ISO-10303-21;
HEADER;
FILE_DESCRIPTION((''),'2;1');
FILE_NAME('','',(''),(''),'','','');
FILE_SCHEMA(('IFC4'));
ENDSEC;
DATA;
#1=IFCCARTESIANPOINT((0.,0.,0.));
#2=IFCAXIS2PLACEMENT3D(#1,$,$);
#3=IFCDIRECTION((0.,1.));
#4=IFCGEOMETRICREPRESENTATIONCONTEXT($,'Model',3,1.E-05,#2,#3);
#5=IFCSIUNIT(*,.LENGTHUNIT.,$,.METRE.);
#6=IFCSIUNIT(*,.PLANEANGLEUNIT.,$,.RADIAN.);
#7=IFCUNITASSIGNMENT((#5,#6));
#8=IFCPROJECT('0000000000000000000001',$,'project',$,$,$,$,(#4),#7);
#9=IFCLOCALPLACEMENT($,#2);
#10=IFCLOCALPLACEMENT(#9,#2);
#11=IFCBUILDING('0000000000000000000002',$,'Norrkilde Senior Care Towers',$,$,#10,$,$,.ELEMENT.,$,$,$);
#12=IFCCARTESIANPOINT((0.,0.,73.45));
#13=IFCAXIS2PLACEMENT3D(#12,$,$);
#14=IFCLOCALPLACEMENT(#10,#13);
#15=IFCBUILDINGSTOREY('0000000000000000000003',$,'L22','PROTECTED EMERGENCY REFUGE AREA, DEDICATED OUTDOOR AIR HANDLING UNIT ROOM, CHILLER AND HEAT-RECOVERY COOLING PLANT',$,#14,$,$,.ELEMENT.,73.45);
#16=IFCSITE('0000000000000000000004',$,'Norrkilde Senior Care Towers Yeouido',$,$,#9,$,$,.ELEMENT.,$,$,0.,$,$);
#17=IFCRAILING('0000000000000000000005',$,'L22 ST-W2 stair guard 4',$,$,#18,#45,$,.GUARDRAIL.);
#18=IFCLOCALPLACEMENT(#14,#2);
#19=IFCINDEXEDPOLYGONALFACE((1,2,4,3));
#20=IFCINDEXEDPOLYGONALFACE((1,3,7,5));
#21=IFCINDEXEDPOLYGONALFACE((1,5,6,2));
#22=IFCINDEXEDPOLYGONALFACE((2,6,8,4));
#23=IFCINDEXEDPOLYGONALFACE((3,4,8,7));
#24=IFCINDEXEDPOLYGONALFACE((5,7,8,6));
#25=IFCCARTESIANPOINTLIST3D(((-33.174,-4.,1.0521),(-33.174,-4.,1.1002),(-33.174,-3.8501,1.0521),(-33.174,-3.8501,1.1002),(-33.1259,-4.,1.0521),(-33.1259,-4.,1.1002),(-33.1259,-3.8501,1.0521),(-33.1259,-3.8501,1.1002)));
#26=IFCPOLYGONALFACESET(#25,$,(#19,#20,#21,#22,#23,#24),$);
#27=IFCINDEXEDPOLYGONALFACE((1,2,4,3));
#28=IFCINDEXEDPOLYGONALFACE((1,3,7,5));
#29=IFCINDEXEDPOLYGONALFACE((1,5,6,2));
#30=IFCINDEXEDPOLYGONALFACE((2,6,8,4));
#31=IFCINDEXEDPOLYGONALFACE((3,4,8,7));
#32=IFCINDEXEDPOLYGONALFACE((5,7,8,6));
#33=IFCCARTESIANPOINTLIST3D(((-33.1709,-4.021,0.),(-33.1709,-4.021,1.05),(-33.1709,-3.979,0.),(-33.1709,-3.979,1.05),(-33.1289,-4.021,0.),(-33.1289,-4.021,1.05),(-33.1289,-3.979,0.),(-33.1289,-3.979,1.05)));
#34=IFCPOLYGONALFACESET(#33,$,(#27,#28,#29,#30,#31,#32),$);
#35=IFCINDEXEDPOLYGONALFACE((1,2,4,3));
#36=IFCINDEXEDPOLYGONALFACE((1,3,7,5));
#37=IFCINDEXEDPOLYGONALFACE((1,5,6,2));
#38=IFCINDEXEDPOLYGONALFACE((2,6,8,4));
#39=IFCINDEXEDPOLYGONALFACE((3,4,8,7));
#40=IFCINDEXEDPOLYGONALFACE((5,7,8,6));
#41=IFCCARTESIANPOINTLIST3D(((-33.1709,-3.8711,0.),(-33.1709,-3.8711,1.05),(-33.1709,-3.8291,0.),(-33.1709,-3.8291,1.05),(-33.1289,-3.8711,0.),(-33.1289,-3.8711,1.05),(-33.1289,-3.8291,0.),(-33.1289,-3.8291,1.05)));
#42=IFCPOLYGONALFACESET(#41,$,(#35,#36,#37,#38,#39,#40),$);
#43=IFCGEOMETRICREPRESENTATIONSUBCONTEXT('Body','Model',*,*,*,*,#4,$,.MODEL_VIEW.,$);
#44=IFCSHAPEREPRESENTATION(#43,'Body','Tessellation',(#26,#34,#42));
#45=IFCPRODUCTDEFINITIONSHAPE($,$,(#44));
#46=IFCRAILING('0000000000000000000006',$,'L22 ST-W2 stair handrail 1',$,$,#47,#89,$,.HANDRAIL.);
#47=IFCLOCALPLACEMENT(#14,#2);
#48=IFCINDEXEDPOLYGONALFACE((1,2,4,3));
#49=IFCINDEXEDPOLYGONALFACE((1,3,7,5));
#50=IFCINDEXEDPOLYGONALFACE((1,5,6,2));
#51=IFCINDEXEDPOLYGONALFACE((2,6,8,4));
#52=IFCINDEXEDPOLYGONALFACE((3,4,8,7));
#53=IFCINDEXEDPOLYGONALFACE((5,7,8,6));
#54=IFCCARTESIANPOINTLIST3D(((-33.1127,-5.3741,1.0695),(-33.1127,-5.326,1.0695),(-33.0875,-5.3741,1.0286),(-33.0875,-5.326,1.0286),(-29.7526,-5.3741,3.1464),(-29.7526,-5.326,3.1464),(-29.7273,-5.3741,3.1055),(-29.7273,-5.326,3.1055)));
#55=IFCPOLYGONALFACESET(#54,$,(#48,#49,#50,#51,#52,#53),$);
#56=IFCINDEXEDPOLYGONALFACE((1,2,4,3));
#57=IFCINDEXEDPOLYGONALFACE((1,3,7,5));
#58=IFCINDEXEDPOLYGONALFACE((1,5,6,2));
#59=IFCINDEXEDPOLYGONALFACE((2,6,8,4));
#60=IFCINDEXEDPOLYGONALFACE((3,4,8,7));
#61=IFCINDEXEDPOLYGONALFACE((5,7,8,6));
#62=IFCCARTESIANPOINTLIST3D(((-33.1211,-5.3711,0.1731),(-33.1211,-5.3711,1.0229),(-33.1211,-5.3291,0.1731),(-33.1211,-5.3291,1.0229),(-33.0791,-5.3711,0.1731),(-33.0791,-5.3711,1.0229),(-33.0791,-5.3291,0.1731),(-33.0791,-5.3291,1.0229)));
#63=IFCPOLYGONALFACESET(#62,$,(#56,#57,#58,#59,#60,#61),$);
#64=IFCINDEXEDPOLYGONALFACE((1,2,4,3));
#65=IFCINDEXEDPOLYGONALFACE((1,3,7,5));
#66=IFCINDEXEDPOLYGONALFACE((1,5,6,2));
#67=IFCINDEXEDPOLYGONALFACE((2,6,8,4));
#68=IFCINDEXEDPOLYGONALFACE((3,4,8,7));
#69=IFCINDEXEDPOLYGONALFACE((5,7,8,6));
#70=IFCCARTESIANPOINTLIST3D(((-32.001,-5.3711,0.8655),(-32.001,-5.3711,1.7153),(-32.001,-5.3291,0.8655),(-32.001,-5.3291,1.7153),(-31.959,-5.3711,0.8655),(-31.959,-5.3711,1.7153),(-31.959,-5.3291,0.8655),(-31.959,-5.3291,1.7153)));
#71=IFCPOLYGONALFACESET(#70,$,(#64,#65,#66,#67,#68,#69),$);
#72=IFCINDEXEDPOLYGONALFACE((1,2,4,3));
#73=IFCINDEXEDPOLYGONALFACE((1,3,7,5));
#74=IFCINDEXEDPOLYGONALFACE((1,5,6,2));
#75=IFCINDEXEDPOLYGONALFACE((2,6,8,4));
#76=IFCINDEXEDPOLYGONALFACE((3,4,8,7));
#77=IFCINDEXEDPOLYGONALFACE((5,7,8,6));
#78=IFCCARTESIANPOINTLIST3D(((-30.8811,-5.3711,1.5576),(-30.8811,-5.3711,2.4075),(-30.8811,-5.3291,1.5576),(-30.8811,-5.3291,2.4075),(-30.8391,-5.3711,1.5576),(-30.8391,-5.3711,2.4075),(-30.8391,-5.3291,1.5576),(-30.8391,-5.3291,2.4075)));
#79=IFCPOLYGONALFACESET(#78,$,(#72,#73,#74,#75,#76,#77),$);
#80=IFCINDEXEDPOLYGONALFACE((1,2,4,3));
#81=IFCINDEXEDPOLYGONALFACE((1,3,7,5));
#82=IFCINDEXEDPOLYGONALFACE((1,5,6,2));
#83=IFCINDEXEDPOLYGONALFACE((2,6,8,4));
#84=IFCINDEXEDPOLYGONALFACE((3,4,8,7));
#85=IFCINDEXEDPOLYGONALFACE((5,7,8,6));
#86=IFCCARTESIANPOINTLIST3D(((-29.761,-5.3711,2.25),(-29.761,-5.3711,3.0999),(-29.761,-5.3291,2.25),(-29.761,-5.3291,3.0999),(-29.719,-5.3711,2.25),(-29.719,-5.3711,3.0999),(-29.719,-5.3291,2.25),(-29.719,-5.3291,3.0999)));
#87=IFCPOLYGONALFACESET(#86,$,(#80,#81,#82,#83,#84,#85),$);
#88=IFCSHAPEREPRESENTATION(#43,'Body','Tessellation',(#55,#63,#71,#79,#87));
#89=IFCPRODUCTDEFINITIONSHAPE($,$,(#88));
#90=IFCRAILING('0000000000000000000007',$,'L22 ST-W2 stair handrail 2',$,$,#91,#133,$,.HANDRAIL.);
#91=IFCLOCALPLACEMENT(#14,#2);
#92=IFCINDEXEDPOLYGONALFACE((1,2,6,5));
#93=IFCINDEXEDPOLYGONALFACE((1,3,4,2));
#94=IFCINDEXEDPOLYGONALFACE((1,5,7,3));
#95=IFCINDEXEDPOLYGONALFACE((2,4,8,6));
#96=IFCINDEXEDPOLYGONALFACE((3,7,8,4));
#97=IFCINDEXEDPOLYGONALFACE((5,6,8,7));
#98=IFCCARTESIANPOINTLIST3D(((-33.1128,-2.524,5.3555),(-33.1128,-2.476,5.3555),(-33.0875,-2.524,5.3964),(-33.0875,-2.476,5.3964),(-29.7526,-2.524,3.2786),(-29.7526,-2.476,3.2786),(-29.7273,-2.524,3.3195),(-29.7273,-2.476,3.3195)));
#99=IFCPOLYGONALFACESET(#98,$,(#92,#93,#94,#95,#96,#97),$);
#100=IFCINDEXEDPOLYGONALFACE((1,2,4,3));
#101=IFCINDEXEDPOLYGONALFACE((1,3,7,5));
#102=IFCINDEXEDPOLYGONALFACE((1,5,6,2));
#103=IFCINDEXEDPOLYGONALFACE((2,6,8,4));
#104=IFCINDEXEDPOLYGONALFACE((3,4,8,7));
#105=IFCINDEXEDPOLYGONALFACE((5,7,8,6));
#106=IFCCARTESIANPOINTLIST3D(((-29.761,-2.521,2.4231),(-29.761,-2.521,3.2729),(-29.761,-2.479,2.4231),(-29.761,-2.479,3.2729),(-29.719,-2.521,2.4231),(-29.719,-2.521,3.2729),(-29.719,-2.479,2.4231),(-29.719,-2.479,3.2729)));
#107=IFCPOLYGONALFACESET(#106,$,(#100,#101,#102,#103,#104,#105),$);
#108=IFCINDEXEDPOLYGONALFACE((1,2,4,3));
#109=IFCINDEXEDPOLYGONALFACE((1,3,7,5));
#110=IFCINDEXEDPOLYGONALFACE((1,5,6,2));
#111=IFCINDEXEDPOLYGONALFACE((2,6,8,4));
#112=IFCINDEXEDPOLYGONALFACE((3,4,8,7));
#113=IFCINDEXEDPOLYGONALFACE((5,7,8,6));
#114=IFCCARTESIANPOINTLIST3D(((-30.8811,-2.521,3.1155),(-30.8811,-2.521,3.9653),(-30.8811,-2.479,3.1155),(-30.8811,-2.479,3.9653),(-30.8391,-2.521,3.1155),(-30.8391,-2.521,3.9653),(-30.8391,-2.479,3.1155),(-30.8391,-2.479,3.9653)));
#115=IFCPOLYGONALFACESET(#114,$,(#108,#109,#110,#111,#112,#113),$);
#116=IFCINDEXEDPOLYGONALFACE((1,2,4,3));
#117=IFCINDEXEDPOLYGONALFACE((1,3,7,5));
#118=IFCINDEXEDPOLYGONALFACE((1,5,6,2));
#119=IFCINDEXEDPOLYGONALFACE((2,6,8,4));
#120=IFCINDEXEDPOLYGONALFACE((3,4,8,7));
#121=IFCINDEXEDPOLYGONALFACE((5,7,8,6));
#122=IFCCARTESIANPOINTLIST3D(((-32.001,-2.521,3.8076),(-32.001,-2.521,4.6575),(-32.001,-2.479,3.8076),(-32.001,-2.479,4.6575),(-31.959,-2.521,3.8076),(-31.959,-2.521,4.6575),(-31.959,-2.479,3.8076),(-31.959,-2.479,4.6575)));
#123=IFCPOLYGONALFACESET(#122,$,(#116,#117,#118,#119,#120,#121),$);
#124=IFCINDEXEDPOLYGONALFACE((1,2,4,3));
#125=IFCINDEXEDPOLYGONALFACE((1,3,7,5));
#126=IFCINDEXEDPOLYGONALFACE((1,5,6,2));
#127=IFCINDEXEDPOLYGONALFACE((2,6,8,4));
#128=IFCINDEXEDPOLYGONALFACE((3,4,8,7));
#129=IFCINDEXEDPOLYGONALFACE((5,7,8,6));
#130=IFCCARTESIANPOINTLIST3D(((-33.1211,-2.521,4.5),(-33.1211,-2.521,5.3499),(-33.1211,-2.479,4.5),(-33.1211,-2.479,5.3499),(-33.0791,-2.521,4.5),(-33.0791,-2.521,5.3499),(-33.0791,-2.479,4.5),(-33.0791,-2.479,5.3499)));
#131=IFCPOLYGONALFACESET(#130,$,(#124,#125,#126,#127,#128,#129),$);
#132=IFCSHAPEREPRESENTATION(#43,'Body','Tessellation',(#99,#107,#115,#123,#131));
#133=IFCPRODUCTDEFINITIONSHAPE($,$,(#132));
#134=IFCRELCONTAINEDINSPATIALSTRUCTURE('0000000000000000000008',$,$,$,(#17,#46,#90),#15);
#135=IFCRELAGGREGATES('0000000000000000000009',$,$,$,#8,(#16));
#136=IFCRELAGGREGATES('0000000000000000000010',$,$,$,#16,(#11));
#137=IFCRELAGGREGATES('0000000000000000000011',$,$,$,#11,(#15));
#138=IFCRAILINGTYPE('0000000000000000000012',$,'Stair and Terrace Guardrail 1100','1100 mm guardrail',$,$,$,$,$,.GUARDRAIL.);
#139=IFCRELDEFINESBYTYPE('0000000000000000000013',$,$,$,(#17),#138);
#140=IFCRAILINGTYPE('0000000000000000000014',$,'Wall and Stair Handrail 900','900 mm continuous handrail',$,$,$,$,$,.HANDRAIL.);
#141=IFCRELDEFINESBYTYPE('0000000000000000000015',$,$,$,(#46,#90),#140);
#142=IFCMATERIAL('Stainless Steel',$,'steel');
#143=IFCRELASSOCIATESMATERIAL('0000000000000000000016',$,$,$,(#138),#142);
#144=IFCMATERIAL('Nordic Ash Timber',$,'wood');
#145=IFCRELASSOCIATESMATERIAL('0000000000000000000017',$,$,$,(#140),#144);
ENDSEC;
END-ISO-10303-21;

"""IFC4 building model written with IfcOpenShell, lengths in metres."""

from ifc_helpers import new_model, si_unit, direction, frame, origin, origin_2d, place, context, subcontext, project, spatial, rectangle, extrude, material, type_object, element, save


model = new_model("IFC4")

# Units and contexts
model_context = context("Model", 3, precision=1e-05, world=origin(), true_north=direction((0.0, 1.0)))
body_context = subcontext(model_context, "Body", "Model", "MODEL_VIEW")
ifc_project = project(units=[si_unit("LENGTHUNIT", "METRE"), si_unit("PLANEANGLEUNIT", "RADIAN")], contexts=[model_context])

# Site, building, storey
site_placement = place(None, origin())
site = spatial("IfcSite", under=ifc_project, at=site_placement, Name="Norrkilde Senior Care Towers Yeouido", CompositionType="ELEMENT", RefElevation=0.0)
building_placement = place(site_placement, origin())
building = spatial("IfcBuilding", under=site, at=building_placement, Name="Norrkilde Senior Care Towers", CompositionType="ELEMENT")
storey_placement = place(building_placement, frame((0.0, 0.0, 73.45)))
storey = spatial("IfcBuildingStorey", under=building, at=storey_placement, Name="L22", Description="PROTECTED EMERGENCY REFUGE AREA, DEDICATED OUTDOOR AIR HANDLING UNIT ROOM, CHILLER AND HEAT-RECOVERY COOLING PLANT", CompositionType="ELEMENT", Elevation=73.45)

# Shared definitions
ifc_material_1 = material(Name="Stainless Steel", Category="steel")

# Railings
railing_type_1 = type_object("IfcRailingType", Name="Stair and Terrace Guardrail 1100", Description="1100 mm guardrail", PredefinedType="GUARDRAIL", material=ifc_material_1)
railing_1_placement = place(storey_placement, frame((-33.1499, -4.0, 0.0)))
element("IfcRailing", 1, at=railing_1_placement, inside=storey, type_object=railing_type_1, Name="L22 ST-W2 stair guard 4", PredefinedType="GUARDRAIL", context=body_context, shape_type="SweptSolid", body=[
    extrude(rectangle(XDim=0.0481, YDim=0.0481, at=origin_2d()), frame((0.0, 0.0, 1.0762), z_axis=(0.0, 1.0, 0.0), x_axis=(-1.0, 0.0, 0.0)), (0.0, 0.0, 1.0), 0.1499),
    extrude(rectangle(XDim=0.042, YDim=0.042, at=origin_2d()), origin(), (0.0, 0.0, 1.0), 1.05),
    extrude(rectangle(XDim=0.042, YDim=0.042, at=origin_2d()), frame((0.0, 0.1499, 0.0)), (0.0, 0.0, 1.0), 1.05),
])
ifc_material_2 = material(Name="Nordic Ash Timber", Category="wood")
railing_type_2 = type_object("IfcRailingType", Name="Wall and Stair Handrail 900", Description="900 mm continuous handrail", PredefinedType="HANDRAIL", material=ifc_material_2)
railing_2_placement = place(storey_placement, frame((-33.1001, -5.3501, 0.1731)))
element("IfcRailing", 2, at=railing_2_placement, inside=storey, type_object=railing_type_2, Name="L22 ST-W2 stair handrail 1", PredefinedType="HANDRAIL", context=body_context, shape_type="SweptSolid", body=[
    extrude(rectangle(XDim=0.0481, YDim=0.0481, at=origin_2d()), frame((0.0, 0.0, 0.876), z_axis=(0.850623, 0.0, 0.525776), x_axis=(0.0, 1.0, 0.0)), (0.0, 0.0, 1.0), 3.9502),
    extrude(rectangle(XDim=0.042, YDim=0.042, at=origin_2d()), origin(), (0.0, 0.0, 1.0), 0.8499),
    extrude(rectangle(XDim=0.042, YDim=0.042, at=origin_2d()), frame((1.1201, 0.0, 0.6924)), (0.0, 0.0, 1.0), 0.8499),
    extrude(rectangle(XDim=0.042, YDim=0.042, at=origin_2d()), frame((2.24, 0.0, 1.3845)), (0.0, 0.0, 1.0), 0.8499),
    extrude(rectangle(XDim=0.042, YDim=0.042, at=origin_2d()), frame((3.3601, 0.0, 2.0769)), (0.0, 0.0, 1.0), 0.8499),
])
railing_3_placement = place(storey_placement, frame((-29.74, -2.5, 2.4231)))
element("IfcRailing", 3, at=railing_3_placement, inside=storey, type_object=railing_type_2, Name="L22 ST-W2 stair handrail 2", PredefinedType="HANDRAIL", context=body_context, shape_type="SweptSolid", body=[
    extrude(rectangle(XDim=0.0481, YDim=0.0481, at=origin_2d()), frame((0.0, 0.0, 0.876), z_axis=(-0.850623, 0.0, 0.525776), x_axis=(0.0, -1.0, 0.0)), (0.0, 0.0, 1.0), 3.9502),
    extrude(rectangle(XDim=0.042, YDim=0.042, at=origin_2d()), origin(), (0.0, 0.0, 1.0), 0.8499),
    extrude(rectangle(XDim=0.042, YDim=0.042, at=origin_2d()), frame((-1.1201, 0.0, 0.6924)), (0.0, 0.0, 1.0), 0.8499),
    extrude(rectangle(XDim=0.042, YDim=0.042, at=origin_2d()), frame((-2.24, 0.0, 1.3845)), (0.0, 0.0, 1.0), 0.8499),
    extrude(rectangle(XDim=0.042, YDim=0.042, at=origin_2d()), frame((-3.3601, 0.0, 2.0769)), (0.0, 0.0, 1.0), 0.8499),
])

save(model, "model.ifc")
